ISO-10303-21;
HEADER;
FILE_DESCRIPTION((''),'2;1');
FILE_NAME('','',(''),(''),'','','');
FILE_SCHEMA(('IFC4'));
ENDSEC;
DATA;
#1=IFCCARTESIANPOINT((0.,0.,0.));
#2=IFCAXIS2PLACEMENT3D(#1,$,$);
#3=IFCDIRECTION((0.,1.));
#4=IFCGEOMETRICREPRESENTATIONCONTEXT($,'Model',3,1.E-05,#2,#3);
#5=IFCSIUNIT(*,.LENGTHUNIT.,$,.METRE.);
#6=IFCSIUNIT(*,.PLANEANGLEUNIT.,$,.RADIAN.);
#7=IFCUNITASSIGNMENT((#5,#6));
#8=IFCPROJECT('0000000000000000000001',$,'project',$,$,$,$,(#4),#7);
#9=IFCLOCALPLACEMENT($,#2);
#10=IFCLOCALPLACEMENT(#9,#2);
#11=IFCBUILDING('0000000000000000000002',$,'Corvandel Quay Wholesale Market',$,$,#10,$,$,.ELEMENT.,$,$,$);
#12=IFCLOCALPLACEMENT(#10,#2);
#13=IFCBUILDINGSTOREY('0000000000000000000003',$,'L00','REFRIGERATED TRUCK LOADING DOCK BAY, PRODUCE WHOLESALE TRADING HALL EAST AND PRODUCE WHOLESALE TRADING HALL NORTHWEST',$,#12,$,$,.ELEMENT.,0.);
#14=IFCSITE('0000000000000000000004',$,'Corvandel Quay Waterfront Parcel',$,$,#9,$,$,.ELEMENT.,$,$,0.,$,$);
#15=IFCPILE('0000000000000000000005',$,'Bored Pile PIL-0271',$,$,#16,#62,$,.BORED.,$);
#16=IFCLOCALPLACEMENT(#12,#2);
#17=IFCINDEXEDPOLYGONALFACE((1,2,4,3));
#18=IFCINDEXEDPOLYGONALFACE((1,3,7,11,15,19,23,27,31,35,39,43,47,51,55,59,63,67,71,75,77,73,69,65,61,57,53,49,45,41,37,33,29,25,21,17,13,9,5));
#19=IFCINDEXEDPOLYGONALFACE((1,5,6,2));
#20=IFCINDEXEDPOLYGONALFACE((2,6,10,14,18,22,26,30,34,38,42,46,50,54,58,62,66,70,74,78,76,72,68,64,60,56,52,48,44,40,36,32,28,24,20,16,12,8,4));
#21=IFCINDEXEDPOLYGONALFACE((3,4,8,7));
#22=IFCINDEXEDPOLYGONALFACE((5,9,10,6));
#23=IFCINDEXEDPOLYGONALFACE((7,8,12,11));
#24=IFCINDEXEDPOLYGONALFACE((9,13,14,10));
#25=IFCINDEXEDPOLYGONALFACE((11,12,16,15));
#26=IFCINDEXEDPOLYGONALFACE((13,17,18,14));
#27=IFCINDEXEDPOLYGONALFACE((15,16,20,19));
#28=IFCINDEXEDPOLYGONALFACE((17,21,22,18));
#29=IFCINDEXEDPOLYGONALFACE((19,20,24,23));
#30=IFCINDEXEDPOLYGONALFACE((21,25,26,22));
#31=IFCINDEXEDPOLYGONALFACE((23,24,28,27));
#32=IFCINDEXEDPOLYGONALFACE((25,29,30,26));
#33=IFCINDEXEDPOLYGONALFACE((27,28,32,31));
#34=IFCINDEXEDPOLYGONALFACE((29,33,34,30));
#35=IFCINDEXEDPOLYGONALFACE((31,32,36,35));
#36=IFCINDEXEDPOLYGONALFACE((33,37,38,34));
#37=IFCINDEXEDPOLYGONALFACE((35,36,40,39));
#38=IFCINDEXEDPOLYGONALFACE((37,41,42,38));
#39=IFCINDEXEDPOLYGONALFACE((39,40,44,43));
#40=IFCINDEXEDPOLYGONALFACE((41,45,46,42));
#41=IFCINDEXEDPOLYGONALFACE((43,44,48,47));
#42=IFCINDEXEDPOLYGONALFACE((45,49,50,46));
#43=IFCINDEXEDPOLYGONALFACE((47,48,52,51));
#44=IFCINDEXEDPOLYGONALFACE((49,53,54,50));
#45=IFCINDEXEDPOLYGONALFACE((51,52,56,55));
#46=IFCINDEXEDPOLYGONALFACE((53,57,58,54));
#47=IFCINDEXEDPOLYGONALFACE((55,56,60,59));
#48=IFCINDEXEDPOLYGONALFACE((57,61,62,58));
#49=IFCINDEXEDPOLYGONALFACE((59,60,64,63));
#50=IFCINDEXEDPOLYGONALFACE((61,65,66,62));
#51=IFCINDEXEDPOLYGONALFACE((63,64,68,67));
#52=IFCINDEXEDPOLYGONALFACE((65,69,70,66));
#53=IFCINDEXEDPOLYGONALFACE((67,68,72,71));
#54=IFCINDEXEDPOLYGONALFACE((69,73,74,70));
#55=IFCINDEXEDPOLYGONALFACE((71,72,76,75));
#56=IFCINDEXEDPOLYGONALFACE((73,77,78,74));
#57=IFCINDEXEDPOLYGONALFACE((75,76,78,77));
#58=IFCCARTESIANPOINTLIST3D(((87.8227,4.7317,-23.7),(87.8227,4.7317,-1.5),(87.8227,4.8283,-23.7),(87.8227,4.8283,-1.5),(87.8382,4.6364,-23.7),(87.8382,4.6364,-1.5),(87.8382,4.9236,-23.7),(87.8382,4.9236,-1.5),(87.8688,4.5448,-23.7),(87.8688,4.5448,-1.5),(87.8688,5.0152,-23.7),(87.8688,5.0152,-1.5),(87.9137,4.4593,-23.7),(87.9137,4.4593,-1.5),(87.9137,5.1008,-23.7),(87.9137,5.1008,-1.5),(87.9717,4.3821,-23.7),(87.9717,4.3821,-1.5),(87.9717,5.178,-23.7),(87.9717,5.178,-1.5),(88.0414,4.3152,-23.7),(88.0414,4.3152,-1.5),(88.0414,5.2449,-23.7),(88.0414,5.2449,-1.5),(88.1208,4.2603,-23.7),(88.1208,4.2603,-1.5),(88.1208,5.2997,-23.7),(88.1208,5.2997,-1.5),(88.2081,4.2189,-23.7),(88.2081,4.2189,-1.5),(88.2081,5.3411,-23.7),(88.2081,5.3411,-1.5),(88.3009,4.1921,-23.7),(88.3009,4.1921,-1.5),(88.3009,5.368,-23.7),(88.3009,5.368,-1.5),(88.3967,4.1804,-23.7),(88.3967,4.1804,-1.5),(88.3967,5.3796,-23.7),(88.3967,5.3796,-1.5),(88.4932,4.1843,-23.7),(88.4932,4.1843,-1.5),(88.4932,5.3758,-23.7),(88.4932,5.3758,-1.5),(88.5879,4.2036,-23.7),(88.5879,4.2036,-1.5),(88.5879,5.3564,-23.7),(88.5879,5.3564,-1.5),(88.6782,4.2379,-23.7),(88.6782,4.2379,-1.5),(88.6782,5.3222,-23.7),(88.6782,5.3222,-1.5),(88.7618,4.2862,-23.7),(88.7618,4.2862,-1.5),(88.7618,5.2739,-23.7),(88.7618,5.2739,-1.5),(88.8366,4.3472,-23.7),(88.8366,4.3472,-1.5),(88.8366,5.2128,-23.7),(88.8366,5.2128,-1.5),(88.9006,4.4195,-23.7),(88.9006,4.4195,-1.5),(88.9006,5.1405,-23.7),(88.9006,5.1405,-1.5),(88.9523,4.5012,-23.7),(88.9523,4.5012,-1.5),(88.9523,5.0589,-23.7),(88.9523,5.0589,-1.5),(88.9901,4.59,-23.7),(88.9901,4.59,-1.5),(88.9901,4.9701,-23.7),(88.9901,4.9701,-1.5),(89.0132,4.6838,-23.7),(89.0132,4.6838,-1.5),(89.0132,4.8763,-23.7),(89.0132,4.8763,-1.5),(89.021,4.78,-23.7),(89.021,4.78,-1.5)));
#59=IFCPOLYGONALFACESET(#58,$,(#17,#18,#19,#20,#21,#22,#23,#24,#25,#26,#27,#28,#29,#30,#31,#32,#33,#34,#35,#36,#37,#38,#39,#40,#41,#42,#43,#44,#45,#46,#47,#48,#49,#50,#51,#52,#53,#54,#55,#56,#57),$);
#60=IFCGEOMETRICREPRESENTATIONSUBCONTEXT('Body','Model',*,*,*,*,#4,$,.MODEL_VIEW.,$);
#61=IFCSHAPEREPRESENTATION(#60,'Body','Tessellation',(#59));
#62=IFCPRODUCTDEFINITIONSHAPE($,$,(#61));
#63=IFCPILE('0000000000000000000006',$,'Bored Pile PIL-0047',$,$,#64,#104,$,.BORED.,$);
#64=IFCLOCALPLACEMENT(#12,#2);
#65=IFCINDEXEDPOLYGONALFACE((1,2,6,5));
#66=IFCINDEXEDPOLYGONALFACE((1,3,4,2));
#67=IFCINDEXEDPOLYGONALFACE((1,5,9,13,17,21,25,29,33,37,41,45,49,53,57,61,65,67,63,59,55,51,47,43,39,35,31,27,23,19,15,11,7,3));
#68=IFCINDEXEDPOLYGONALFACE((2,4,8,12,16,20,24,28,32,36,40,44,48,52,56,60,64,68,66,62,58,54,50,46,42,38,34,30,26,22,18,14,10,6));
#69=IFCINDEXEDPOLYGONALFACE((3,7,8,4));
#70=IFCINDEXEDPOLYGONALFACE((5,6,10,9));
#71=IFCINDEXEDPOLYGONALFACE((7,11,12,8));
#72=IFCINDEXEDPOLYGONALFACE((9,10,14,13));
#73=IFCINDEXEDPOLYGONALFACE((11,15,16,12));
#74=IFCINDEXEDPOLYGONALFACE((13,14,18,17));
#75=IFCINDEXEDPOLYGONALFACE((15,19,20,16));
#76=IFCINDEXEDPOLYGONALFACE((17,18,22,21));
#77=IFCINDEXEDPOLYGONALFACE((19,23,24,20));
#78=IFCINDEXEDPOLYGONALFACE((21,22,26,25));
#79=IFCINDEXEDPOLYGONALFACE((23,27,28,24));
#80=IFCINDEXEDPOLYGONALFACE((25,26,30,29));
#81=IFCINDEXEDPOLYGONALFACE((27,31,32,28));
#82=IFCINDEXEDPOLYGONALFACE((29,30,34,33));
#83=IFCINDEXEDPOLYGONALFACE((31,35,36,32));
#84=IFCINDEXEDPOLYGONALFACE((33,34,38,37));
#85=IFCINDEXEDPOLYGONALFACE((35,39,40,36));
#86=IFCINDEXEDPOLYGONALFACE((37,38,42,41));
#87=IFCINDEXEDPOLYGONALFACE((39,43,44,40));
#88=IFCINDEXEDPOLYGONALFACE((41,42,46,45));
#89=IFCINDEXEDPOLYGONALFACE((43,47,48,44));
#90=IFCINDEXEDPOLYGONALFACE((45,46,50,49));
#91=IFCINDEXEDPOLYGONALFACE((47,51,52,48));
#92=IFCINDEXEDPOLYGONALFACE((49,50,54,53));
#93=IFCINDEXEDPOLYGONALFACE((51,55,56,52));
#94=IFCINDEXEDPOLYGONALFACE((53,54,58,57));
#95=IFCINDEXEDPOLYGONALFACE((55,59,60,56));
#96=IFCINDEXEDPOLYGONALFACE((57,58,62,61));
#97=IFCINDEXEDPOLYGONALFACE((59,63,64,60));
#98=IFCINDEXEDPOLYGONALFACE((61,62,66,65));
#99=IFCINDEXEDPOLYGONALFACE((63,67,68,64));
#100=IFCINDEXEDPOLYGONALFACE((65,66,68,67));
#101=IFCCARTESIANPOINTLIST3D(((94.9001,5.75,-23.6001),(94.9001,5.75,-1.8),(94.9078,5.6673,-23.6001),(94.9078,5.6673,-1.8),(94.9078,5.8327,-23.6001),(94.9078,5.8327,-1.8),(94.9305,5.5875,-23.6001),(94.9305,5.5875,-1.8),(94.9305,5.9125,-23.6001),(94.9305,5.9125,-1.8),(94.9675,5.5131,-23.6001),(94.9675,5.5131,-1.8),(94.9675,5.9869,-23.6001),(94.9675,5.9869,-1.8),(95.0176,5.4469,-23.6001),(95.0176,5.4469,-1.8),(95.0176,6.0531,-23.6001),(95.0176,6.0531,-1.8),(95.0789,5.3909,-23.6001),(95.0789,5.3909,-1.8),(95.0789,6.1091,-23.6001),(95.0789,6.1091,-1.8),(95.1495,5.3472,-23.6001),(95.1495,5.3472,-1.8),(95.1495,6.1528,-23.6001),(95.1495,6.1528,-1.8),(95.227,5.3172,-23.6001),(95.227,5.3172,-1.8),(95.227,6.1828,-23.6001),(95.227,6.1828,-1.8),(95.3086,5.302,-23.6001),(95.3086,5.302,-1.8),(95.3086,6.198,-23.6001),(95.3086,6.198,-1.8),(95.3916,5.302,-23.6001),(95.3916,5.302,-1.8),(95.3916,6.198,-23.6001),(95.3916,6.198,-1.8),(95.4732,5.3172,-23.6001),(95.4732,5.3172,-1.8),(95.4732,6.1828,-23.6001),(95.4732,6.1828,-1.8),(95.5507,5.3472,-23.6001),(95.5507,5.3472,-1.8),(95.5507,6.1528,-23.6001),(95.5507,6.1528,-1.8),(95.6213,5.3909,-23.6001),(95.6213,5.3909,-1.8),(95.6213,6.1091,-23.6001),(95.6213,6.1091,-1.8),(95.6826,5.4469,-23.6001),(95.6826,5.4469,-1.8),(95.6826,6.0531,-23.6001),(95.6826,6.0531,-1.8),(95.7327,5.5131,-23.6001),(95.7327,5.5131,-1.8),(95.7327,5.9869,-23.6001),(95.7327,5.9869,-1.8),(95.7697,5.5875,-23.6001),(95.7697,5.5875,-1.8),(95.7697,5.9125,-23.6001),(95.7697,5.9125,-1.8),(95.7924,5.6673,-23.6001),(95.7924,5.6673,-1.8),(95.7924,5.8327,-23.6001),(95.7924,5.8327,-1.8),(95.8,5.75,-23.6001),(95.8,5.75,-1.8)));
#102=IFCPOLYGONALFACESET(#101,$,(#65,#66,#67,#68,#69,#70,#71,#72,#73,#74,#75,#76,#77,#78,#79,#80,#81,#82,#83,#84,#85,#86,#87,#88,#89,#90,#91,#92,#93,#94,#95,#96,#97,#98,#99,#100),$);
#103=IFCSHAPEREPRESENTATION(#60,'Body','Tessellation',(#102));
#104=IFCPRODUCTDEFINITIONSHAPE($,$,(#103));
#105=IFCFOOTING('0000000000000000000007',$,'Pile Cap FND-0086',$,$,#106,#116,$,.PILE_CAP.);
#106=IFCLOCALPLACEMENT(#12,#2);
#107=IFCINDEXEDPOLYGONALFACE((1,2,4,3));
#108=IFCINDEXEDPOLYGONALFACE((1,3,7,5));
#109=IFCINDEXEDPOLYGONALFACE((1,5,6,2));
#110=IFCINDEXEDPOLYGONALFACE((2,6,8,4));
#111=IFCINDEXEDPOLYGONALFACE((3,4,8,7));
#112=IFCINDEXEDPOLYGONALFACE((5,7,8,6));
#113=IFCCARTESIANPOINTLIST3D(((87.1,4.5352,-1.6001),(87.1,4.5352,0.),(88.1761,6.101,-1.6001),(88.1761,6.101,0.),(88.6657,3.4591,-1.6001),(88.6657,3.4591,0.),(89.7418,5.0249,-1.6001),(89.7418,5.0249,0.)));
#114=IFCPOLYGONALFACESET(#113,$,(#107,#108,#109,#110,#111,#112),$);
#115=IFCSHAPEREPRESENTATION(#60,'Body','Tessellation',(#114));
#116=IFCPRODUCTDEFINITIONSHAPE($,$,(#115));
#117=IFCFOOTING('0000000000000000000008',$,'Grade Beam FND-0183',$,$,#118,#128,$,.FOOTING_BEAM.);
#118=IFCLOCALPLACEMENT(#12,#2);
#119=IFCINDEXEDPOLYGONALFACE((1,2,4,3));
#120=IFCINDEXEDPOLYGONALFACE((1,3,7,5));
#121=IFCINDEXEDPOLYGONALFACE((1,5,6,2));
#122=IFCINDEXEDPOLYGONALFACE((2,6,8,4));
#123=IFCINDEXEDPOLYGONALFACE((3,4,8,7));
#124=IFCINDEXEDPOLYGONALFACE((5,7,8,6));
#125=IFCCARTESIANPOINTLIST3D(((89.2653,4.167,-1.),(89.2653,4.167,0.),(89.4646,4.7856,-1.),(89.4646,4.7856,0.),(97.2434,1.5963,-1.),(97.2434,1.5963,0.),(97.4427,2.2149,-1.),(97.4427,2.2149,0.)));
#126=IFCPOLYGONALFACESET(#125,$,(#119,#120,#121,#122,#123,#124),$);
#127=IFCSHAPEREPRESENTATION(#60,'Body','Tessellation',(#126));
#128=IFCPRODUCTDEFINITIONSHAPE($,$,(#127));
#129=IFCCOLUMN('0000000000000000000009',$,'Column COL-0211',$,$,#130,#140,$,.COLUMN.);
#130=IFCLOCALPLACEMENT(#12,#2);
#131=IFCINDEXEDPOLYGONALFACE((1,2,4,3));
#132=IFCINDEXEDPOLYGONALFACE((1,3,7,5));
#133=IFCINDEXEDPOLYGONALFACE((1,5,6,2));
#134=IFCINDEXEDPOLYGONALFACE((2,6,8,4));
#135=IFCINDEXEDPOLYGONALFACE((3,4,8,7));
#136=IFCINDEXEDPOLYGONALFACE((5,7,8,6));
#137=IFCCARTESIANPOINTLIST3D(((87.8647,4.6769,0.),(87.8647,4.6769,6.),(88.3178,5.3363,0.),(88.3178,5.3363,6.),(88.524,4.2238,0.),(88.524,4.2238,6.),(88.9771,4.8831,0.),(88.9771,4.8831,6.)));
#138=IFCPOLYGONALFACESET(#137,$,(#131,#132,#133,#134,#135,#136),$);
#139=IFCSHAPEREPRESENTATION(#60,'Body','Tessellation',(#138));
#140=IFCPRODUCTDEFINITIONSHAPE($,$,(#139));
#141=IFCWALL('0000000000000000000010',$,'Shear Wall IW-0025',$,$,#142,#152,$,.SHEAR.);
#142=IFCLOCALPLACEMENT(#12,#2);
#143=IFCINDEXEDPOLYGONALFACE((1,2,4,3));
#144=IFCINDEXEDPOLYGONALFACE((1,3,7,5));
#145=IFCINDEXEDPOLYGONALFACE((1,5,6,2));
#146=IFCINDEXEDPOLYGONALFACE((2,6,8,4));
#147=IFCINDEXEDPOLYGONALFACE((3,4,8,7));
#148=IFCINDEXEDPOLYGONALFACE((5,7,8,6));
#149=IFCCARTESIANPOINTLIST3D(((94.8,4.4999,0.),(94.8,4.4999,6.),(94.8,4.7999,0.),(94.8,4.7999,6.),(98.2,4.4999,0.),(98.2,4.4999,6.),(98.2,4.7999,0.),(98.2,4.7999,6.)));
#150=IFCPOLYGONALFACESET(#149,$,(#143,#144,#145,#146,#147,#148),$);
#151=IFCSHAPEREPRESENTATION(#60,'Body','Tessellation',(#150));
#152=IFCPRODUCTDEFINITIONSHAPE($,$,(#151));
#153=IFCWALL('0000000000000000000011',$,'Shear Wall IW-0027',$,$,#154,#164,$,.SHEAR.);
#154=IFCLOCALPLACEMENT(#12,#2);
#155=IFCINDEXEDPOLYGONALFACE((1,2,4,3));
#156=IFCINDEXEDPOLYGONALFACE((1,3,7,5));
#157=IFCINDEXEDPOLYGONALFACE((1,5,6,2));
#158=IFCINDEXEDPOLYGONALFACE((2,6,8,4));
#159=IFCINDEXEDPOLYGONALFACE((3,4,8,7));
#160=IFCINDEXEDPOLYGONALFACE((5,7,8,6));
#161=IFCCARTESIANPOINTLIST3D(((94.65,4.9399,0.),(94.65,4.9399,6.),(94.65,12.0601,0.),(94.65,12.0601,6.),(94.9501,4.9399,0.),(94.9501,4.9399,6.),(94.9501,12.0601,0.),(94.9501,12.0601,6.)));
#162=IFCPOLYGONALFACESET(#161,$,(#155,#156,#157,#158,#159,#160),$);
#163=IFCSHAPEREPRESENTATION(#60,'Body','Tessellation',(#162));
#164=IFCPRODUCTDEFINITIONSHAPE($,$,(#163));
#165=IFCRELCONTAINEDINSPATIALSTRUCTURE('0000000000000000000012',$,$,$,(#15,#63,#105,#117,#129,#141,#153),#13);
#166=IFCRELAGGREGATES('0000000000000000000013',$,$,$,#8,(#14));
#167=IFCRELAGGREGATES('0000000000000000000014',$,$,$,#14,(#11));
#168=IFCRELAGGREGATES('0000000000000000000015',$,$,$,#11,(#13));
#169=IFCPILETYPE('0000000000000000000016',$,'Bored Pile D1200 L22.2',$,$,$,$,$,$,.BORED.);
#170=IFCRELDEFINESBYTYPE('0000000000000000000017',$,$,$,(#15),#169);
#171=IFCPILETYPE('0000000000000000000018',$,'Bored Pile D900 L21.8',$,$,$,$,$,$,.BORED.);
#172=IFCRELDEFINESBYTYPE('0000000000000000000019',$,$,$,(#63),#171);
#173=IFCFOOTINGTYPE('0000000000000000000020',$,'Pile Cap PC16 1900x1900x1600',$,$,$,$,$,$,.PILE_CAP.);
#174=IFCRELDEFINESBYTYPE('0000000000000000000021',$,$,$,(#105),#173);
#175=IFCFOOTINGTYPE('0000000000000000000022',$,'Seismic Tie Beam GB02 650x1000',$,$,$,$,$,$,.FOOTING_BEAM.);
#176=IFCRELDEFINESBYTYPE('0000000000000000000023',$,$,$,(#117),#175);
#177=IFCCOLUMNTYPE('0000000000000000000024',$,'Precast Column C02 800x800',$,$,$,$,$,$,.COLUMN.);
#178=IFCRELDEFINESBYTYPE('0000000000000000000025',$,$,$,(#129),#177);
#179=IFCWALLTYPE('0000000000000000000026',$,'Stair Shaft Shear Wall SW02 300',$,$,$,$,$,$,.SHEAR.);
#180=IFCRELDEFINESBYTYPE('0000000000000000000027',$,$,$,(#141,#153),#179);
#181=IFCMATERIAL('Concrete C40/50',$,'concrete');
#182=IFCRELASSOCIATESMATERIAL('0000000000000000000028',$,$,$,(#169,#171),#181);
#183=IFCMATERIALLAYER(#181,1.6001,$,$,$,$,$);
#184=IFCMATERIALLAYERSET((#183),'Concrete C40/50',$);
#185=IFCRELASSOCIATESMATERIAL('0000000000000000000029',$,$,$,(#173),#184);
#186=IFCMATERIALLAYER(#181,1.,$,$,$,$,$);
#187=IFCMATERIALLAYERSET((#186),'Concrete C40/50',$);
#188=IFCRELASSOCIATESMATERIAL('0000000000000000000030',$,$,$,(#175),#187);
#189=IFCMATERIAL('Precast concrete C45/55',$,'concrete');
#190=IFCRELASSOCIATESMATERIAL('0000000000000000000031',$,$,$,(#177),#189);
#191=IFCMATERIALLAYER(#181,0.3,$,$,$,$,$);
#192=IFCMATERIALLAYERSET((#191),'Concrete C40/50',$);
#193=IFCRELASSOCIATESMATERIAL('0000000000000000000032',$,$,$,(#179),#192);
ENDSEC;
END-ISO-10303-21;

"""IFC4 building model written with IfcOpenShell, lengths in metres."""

from ifc_helpers import new_model, si_unit, direction, frame, frame_2d, origin, origin_2d, place, context, subcontext, project, spatial, rectangle, circle, extrude, material, layer, layer_set, material_profile, profile_set, type_object, element, save


model = new_model("IFC4")

# Units and contexts
model_context = context("Model", 3, precision=1e-05, world=origin(), true_north=direction((0.0, 1.0)))
body_context = subcontext(model_context, "Body", "Model", "MODEL_VIEW")
ifc_project = project(units=[si_unit("LENGTHUNIT", "METRE"), si_unit("PLANEANGLEUNIT", "RADIAN")], contexts=[model_context])

# Site, building, storey
site_placement = place(None, origin())
site = spatial("IfcSite", under=ifc_project, at=site_placement, Name="Corvandel Quay Waterfront Parcel", CompositionType="ELEMENT", RefElevation=0.0)
building_placement = place(site_placement, origin())
building = spatial("IfcBuilding", under=site, at=building_placement, Name="Corvandel Quay Wholesale Market", CompositionType="ELEMENT")
storey_placement = place(building_placement, origin())
storey = spatial("IfcBuildingStorey", under=building, at=storey_placement, Name="L00", Description="REFRIGERATED TRUCK LOADING DOCK BAY, PRODUCE WHOLESALE TRADING HALL EAST AND PRODUCE WHOLESALE TRADING HALL NORTHWEST", CompositionType="ELEMENT", Elevation=0.0)

# Piles
ifc_material_1 = material(Name="Concrete C40/50", Category="concrete")
ifc_material_profile_1 = material_profile(ifc_material_1, circle(Radius=0.6001, at=origin_2d()), Name="RC-PILE-D1200")
ifc_profile_set_1 = profile_set([ifc_material_profile_1], Name="Concrete C40/50")
pile_type_1 = type_object("IfcPileType", Name="Bored Pile D1200 L22.2", PredefinedType="BORED", material=ifc_profile_set_1)
pile_1_placement = place(storey_placement, frame((88.4209, 4.78, -1.5), z_axis=(0.0, 0.0, -1.0), x_axis=(1.0, 0.0, 0.0)))
element("IfcPile", 1, at=pile_1_placement, inside=storey, type_object=pile_type_1, Name="Bored Pile PIL-0271", PredefinedType="BORED", context=body_context, shape_type="SweptSolid", body=[
    extrude(circle(Radius=0.6001, at=origin_2d()), origin(), (0.0, 0.0, 1.0), 22.2),
])
ifc_material_profile_2 = material_profile(ifc_material_1, circle(Radius=0.45, at=origin_2d()), Name="RC-PILE-D900")
ifc_profile_set_2 = profile_set([ifc_material_profile_2], Name="Concrete C40/50")
pile_type_2 = type_object("IfcPileType", Name="Bored Pile D900 L21.8", PredefinedType="BORED", material=ifc_profile_set_2)
pile_2_placement = place(storey_placement, frame((95.3501, 5.75, -1.8), z_axis=(0.0, 0.0, -1.0), x_axis=(1.0, 0.0, 0.0)))
element("IfcPile", 2, at=pile_2_placement, inside=storey, type_object=pile_type_2, Name="Bored Pile PIL-0047", PredefinedType="BORED", context=body_context, shape_type="SweptSolid", body=[
    extrude(circle(Radius=0.45, at=origin_2d()), origin(), (0.0, 0.0, 1.0), 21.8),
])

# Footings
ifc_layer_1 = layer(ifc_material_1, 1.6001)
ifc_layer_set_1 = layer_set([ifc_layer_1], Name="Concrete C40/50")
footing_type_1 = type_object("IfcFootingType", Name="Pile Cap PC16 1900x1900x1600", PredefinedType="PILE_CAP", material=ifc_layer_set_1)
footing_1_placement = place(storey_placement, frame((88.4209, 4.78, -1.6001), z_axis=(0.0, 0.0, 1.0), x_axis=(-0.824126, 0.566406, 0.0)))
element("IfcFooting", 3, at=footing_1_placement, inside=storey, type_object=footing_type_1, Name="Pile Cap FND-0086", PredefinedType="PILE_CAP", context=body_context, shape_type="SweptSolid", body=[
    extrude(rectangle(XDim=1.8999, YDim=1.8999, at=origin_2d()), origin(), (0.0, 0.0, 1.0), 1.6001),
])
ifc_layer_2 = layer(ifc_material_1, 1.0)
ifc_layer_set_2 = layer_set([ifc_layer_2], Name="Concrete C40/50")
footing_type_2 = type_object("IfcFootingType", Name="Seismic Tie Beam GB02 650x1000", PredefinedType="FOOTING_BEAM", material=ifc_layer_set_2)
footing_2_placement = place(storey_placement, frame((93.354, 3.1909, -1.0), z_axis=(0.0, 0.0, 1.0), x_axis=(-0.951809, 0.306692, 0.0)))
element("IfcFooting", 4, at=footing_2_placement, inside=storey, type_object=footing_type_2, Name="Grade Beam FND-0183", PredefinedType="FOOTING_BEAM", context=body_context, shape_type="SweptSolid", body=[
    extrude(rectangle(XDim=8.3821, YDim=0.6499, at=origin_2d()), origin(), (0.0, 0.0, 1.0), 1.0),
])

# Column
ifc_material_2 = material(Name="Precast concrete C45/55", Category="concrete")
ifc_material_profile_3 = material_profile(ifc_material_2, rectangle(XDim=0.8, YDim=0.8, at=origin_2d()), Name="PC-COL-800x800")
ifc_profile_set_3 = profile_set([ifc_material_profile_3], Name="Precast concrete C45/55")
column_type = type_object("IfcColumnType", Name="Precast Column C02 800x800", PredefinedType="COLUMN", material=ifc_profile_set_3)
column_placement = place(storey_placement, frame((88.4209, 4.78, 0.0), z_axis=(0.0, 0.0, 1.0), x_axis=(-0.824126, 0.566406, 0.0)))
element("IfcColumn", 5, at=column_placement, inside=storey, type_object=column_type, Name="Column COL-0211", PredefinedType="COLUMN", context=body_context, shape_type="SweptSolid", body=[
    extrude(rectangle(XDim=0.8, YDim=0.8, at=origin_2d()), origin(), (0.0, 0.0, 1.0), 6.0),
])

# Walls
ifc_layer_3 = layer(ifc_material_1, 0.3)
ifc_layer_set_3 = layer_set([ifc_layer_3], Name="Concrete C40/50")
wall_type_1 = type_object("IfcWallType", Name="Stair Shaft Shear Wall SW02 300", PredefinedType="SHEAR", material=ifc_layer_set_3)
wall_1_placement = place(storey_placement, frame((94.8, 4.6499, 0.0), z_axis=(0.0, 0.0, 1.0), x_axis=(1.0, 0.0, 0.0)))
element("IfcWall", 6, at=wall_1_placement, inside=storey, type_object=wall_type_1, Name="Shear Wall IW-0025", PredefinedType="SHEAR", context=body_context, shape_type="SweptSolid", body=[
    extrude(rectangle(XDim=3.3999, YDim=0.3, at=frame_2d((1.7, 0.0))), origin(), (0.0, 0.0, 1.0), 6.0),
])
wall_2_placement = place(storey_placement, frame((94.8, 4.9399, 0.0), z_axis=(0.0, 0.0, 1.0), x_axis=(0.0, 1.0, 0.0)))
element("IfcWall", 7, at=wall_2_placement, inside=storey, type_object=wall_type_1, Name="Shear Wall IW-0027", PredefinedType="SHEAR", context=body_context, shape_type="SweptSolid", body=[
    extrude(rectangle(XDim=7.1201, YDim=0.3, at=frame_2d((3.5601, 0.0))), origin(), (0.0, 0.0, 1.0), 6.0),
])

save(model, "model.ifc")
